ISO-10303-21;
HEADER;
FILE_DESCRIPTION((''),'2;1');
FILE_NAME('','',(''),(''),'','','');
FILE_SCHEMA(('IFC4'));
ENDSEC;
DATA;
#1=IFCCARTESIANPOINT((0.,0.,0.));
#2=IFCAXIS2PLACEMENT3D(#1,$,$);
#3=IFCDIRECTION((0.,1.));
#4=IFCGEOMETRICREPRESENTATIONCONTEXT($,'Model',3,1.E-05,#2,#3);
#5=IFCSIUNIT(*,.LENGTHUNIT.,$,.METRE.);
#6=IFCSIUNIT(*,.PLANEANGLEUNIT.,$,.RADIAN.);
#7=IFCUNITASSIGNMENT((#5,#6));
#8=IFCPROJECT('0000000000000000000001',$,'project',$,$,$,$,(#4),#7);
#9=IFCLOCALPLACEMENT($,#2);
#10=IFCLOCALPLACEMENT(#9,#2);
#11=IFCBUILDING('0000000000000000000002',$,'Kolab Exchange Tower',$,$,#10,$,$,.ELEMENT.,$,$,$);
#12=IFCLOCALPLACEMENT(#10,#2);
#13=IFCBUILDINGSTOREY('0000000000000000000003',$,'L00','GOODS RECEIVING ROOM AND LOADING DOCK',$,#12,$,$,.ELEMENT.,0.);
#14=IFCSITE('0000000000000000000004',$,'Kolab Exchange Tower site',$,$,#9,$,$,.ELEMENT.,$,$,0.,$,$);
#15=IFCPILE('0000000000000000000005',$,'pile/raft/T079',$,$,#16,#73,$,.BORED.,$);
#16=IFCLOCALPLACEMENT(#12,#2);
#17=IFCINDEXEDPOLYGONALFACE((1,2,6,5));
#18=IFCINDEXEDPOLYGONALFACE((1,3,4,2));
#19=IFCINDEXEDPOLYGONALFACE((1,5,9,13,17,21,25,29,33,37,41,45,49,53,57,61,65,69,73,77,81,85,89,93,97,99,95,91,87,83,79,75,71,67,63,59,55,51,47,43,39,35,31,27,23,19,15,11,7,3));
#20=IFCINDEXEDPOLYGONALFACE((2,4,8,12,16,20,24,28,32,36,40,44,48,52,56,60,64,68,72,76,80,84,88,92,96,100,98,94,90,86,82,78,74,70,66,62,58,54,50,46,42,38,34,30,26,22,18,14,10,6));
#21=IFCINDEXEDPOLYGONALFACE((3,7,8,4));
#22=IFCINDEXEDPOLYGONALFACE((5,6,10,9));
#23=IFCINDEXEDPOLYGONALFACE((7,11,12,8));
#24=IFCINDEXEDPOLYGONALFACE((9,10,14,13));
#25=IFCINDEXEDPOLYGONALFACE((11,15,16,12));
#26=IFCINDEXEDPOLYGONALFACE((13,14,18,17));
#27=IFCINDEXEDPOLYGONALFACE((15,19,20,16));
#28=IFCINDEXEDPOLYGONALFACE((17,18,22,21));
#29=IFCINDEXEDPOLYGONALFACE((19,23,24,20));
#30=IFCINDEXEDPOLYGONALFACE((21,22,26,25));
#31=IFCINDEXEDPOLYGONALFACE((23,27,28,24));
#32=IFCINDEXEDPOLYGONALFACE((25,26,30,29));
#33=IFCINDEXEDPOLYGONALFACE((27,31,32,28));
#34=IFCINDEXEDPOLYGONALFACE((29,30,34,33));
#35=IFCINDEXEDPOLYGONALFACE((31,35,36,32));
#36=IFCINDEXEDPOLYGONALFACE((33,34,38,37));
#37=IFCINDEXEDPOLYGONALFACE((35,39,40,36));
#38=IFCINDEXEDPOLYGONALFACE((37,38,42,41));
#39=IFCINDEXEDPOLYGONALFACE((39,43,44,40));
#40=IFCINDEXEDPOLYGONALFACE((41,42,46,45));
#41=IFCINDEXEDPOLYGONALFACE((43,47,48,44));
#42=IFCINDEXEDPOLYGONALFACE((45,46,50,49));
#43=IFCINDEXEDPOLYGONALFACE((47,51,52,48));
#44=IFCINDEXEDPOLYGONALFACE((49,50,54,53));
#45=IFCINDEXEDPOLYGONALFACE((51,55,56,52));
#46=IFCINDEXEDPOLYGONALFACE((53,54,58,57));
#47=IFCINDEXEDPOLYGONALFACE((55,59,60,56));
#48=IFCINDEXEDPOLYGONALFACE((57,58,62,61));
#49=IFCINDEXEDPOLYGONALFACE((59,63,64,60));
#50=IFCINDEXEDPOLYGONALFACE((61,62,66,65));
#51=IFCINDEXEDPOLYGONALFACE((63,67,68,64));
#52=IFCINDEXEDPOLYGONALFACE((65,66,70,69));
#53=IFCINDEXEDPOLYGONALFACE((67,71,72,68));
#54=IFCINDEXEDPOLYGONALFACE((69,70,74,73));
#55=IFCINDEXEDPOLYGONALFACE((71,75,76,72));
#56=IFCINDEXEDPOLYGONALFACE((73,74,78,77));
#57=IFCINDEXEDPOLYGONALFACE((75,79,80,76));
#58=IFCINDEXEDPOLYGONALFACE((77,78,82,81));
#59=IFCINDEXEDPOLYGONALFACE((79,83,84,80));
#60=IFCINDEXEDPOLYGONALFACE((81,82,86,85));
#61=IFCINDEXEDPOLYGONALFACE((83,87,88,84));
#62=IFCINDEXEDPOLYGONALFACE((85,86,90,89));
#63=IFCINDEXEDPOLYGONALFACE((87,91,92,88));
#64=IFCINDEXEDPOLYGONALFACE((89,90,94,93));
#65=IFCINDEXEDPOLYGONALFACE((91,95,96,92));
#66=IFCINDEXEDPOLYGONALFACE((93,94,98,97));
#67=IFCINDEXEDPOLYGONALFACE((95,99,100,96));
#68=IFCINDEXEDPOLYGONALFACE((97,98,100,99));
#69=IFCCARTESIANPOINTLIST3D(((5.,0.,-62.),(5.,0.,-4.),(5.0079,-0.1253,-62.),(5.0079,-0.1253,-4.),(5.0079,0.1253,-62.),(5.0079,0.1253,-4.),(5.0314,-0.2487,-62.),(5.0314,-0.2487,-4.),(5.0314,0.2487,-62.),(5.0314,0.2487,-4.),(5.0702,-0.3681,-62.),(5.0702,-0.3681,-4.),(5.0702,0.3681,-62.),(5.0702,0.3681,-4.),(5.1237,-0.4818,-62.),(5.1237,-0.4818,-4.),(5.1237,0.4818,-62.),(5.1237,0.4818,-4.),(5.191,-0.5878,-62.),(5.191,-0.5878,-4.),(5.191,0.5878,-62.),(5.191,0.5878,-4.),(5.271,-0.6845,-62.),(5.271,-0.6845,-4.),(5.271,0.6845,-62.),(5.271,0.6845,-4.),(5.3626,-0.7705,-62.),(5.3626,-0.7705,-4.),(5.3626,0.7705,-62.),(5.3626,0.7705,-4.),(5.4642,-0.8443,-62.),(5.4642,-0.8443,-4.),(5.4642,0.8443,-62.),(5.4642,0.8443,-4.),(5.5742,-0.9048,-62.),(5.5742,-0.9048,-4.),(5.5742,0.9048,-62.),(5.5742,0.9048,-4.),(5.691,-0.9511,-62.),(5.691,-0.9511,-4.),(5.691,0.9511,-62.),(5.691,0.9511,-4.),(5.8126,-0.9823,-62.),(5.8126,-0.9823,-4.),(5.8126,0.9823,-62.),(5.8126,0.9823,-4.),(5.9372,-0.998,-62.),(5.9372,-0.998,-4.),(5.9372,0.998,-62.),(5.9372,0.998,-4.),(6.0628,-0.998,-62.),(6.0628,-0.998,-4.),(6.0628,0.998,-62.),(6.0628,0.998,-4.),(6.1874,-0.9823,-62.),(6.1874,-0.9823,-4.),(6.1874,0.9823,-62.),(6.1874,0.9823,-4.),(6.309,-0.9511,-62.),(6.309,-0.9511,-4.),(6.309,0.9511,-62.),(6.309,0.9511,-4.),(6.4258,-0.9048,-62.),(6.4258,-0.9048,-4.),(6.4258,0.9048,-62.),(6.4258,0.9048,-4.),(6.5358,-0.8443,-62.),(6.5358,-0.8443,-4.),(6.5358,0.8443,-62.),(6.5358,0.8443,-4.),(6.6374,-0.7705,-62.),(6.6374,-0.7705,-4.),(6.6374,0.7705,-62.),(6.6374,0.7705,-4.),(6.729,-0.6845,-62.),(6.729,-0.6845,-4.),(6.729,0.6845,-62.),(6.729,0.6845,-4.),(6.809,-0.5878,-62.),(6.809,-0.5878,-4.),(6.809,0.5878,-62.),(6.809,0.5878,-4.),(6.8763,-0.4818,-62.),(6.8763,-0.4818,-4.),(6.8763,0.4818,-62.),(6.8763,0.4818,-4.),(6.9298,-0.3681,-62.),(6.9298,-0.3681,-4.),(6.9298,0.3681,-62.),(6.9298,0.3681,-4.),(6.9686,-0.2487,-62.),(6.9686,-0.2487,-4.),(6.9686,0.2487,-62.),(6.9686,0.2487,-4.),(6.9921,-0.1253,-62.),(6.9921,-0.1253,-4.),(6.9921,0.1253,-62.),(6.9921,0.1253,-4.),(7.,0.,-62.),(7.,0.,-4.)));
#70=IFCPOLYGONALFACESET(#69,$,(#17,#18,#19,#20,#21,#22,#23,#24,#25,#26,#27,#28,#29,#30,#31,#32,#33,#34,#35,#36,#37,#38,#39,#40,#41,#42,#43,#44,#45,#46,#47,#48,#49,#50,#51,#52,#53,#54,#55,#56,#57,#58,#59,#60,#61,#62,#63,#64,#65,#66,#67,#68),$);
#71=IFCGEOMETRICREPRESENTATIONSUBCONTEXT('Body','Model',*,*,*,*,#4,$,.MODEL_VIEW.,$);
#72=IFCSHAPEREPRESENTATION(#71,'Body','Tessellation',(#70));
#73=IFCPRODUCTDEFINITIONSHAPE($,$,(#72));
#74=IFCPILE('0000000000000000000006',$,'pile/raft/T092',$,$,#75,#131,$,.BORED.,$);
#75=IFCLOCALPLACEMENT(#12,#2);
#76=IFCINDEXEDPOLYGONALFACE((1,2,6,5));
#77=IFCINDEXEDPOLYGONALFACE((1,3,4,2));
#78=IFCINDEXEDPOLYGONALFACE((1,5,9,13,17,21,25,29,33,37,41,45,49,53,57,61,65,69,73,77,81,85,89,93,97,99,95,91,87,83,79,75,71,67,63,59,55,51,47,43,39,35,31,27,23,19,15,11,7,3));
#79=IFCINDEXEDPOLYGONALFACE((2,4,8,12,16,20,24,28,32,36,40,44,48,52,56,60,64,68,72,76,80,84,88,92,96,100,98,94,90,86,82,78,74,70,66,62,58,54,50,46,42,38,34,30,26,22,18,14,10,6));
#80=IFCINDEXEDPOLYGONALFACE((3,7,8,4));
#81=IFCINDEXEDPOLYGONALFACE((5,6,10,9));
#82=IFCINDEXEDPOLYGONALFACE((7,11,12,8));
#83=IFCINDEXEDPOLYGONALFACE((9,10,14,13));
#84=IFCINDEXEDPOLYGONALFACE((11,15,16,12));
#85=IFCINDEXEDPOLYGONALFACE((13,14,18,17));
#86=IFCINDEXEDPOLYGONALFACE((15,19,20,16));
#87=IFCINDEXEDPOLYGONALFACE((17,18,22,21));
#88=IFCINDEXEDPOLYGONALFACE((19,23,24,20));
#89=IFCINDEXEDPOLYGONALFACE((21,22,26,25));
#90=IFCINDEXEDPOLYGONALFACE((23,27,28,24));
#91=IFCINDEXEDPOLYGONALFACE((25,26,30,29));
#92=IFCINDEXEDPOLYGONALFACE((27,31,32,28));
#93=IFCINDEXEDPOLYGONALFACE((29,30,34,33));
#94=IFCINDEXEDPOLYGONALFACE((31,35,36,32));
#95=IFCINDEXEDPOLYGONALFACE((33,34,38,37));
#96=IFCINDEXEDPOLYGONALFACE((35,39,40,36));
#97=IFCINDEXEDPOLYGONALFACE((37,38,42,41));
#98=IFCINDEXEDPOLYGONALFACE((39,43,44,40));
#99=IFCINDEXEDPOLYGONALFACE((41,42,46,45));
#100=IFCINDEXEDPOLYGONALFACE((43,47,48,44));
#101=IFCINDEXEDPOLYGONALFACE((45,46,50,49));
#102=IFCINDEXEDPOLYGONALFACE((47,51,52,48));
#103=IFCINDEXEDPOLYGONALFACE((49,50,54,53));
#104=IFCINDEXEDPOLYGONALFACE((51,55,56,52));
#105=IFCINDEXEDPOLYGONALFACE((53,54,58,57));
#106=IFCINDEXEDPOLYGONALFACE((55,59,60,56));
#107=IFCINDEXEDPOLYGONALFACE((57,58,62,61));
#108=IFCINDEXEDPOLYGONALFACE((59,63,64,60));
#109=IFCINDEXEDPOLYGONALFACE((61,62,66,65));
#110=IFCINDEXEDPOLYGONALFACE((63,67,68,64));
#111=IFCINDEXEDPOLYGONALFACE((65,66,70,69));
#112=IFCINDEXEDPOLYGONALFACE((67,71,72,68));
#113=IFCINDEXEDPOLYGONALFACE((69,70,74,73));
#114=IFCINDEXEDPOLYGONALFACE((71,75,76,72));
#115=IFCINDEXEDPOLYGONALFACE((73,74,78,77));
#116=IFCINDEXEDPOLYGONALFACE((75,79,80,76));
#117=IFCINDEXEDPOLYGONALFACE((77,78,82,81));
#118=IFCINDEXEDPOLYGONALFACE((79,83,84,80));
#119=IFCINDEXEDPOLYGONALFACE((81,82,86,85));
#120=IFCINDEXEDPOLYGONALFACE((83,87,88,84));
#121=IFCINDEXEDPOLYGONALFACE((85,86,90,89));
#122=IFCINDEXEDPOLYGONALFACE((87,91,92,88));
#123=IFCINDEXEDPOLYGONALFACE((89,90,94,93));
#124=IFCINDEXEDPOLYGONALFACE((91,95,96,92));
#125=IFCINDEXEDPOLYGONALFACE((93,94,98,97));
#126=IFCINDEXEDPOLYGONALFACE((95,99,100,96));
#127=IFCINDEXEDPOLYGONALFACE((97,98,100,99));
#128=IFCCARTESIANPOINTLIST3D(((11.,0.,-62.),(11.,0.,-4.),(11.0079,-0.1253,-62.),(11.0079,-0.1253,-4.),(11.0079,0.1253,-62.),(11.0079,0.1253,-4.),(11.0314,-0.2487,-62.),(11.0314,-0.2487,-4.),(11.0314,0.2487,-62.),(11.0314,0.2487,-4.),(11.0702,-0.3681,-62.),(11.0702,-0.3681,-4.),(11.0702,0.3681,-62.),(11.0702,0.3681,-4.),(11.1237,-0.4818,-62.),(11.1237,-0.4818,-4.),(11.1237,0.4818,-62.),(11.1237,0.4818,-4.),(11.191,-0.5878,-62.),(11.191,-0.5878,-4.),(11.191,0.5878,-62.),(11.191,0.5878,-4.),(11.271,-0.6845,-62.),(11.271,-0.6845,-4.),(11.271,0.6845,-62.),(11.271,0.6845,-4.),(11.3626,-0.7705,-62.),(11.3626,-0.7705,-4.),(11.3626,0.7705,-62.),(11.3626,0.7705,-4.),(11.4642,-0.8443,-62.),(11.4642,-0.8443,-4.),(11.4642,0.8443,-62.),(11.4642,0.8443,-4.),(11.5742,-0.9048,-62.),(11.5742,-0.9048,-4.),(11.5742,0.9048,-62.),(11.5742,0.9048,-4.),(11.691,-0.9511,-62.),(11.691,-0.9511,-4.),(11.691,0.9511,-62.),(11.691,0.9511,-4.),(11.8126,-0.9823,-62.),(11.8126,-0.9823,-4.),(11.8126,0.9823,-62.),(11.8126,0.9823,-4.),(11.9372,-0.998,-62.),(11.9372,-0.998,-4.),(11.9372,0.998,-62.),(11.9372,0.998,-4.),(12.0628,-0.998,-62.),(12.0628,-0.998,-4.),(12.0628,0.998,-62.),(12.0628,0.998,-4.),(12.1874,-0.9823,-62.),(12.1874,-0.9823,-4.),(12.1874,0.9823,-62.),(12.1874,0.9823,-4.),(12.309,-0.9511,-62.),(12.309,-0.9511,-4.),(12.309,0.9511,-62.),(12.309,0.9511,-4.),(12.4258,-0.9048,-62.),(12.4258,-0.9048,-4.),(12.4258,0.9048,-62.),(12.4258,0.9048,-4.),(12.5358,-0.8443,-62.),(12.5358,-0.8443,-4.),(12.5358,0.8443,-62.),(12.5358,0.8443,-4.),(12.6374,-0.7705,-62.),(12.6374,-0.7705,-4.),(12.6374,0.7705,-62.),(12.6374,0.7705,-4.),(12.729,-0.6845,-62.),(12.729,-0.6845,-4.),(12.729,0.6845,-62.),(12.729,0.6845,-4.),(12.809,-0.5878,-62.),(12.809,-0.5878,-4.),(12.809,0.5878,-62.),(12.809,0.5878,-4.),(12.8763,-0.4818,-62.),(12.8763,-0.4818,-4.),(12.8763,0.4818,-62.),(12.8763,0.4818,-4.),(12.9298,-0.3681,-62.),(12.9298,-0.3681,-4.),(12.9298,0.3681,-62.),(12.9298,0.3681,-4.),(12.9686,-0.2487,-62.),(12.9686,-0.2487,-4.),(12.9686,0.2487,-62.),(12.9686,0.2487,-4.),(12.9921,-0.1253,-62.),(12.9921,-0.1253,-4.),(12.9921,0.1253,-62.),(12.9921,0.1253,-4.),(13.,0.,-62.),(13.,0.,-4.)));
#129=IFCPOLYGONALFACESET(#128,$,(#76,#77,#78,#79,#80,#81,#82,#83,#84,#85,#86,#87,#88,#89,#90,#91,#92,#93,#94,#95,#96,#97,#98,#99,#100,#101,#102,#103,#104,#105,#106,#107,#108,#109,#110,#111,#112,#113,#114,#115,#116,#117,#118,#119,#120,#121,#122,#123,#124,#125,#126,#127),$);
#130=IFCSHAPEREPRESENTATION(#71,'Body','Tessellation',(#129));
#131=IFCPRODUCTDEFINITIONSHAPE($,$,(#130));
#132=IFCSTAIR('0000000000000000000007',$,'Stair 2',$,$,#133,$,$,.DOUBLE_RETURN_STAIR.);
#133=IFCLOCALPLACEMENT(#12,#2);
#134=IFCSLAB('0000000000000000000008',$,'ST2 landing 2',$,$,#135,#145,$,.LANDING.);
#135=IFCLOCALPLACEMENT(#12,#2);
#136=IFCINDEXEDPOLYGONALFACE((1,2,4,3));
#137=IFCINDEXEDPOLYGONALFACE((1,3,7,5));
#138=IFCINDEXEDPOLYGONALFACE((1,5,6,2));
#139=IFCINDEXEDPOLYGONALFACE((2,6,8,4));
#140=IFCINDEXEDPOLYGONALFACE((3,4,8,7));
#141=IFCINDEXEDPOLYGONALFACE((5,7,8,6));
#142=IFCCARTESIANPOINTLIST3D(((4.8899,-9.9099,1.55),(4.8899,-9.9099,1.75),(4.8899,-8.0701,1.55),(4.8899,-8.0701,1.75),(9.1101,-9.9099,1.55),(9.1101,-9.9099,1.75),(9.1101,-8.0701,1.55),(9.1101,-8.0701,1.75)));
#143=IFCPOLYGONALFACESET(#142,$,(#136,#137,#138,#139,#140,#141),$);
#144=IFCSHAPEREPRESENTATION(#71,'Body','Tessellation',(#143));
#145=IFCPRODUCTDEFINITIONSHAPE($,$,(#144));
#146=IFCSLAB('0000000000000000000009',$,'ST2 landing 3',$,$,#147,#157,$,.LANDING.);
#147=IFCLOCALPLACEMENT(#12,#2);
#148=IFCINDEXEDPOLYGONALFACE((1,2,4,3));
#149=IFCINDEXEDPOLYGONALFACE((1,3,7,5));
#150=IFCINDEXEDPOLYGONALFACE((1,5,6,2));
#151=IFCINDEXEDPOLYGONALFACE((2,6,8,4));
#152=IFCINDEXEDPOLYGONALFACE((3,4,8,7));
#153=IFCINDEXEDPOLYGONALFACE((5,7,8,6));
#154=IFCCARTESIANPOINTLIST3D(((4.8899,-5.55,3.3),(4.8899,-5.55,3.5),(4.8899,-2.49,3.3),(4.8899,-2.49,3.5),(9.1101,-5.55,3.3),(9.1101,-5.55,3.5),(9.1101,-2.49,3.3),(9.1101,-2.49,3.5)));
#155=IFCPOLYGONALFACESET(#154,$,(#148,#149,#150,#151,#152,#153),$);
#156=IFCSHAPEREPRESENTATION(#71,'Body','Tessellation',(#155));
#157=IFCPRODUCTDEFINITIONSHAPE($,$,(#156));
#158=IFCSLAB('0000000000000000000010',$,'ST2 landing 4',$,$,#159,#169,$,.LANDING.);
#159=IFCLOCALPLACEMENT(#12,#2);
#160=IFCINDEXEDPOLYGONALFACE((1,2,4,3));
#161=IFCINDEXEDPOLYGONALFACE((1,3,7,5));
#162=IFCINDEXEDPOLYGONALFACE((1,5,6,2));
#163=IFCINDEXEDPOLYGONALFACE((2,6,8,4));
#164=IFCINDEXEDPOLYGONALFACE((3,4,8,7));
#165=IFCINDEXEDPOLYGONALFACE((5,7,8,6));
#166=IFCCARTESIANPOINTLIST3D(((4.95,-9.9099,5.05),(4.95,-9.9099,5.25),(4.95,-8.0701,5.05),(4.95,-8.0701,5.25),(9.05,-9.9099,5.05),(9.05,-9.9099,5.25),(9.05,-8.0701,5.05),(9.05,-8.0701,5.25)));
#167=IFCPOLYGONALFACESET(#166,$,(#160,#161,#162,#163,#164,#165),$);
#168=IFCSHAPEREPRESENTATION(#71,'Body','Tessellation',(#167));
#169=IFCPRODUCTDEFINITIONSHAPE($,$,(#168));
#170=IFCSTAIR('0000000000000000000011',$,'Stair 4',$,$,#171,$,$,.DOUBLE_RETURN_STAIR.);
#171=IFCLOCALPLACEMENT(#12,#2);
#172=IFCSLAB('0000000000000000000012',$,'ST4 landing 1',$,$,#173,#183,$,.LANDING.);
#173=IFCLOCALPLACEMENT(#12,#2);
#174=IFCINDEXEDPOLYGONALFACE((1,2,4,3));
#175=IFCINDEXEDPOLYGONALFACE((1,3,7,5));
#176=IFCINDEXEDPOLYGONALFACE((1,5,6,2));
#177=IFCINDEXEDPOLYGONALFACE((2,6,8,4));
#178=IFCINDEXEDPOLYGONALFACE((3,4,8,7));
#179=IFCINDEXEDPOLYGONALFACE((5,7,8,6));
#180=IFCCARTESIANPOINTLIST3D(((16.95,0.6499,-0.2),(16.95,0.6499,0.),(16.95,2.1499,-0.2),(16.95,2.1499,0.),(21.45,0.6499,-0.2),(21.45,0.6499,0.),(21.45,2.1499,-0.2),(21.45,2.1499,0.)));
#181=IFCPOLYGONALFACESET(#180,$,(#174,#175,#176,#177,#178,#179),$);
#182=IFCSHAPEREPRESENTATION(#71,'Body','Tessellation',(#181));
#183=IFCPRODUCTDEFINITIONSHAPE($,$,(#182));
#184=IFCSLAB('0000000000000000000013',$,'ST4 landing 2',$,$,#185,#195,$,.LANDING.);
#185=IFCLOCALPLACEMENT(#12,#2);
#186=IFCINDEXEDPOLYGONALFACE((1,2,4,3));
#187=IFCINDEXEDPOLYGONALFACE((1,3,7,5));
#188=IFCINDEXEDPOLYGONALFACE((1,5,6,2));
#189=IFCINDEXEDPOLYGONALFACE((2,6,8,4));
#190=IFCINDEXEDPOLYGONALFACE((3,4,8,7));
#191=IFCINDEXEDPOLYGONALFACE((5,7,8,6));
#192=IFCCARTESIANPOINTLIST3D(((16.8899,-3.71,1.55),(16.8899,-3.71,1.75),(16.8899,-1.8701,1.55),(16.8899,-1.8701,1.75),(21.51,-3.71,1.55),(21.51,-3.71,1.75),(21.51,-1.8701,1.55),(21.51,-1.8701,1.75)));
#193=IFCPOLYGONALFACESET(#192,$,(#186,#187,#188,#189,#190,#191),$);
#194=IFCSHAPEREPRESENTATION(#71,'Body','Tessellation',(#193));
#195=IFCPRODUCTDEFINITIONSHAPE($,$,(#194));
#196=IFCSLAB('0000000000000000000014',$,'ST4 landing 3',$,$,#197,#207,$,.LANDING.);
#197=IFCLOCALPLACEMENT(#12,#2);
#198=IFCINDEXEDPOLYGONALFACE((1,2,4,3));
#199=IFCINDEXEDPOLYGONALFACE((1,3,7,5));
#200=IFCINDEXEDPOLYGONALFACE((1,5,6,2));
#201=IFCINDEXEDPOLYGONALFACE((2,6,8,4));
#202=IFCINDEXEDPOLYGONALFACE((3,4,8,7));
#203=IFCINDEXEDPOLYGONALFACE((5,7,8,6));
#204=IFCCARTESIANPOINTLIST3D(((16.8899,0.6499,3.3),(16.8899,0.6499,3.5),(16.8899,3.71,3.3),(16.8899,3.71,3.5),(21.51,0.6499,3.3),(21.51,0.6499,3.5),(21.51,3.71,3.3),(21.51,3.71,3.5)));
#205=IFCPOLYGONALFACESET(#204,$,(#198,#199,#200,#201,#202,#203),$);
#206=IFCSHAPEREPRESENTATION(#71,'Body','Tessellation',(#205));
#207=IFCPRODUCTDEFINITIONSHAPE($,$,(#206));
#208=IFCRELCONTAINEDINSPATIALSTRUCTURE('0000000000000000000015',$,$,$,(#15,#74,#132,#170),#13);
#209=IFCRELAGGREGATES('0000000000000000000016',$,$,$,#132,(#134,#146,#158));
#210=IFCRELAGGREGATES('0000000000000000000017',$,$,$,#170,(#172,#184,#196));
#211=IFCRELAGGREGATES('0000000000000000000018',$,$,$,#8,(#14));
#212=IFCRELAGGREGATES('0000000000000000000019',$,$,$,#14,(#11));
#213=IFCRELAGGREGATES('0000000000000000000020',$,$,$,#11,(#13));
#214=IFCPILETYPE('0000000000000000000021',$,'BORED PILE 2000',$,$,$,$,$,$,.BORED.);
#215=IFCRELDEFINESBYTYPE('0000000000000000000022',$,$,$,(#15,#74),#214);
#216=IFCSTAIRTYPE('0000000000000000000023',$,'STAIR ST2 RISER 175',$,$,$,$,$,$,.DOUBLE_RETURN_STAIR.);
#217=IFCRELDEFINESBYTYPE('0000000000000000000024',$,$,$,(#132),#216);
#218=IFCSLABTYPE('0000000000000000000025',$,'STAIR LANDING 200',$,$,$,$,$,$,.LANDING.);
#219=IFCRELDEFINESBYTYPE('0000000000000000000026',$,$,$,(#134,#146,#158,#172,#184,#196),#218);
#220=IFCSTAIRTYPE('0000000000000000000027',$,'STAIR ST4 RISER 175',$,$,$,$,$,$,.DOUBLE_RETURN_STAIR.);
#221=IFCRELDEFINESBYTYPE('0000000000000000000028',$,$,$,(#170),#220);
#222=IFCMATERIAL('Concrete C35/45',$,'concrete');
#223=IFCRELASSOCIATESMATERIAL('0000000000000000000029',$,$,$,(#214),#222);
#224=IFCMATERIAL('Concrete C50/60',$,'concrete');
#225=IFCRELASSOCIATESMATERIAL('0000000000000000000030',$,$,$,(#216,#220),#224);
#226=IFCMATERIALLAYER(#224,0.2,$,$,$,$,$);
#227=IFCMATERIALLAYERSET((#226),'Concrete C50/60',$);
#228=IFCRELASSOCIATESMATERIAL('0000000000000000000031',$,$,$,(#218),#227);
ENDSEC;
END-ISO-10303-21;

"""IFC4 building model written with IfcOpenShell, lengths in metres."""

from ifc_helpers import new_model, si_unit, direction, frame, origin, origin_2d, place, context, subcontext, project, spatial, polyline, circle, outline, extrude, material, layer, layer_set, material_profile, profile_set, type_object, element, aggregate, save


model = new_model("IFC4")

# Units and contexts
model_context = context("Model", 3, precision=1e-05, world=origin(), true_north=direction((0.0, 1.0)))
body_context = subcontext(model_context, "Body", "Model", "MODEL_VIEW")
ifc_project = project(units=[si_unit("LENGTHUNIT", "METRE"), si_unit("PLANEANGLEUNIT", "RADIAN")], contexts=[model_context])

# Site, building, storey
site_placement = place(None, origin())
site = spatial("IfcSite", under=ifc_project, at=site_placement, Name="Kolab Exchange Tower site", CompositionType="ELEMENT", RefElevation=0.0)
building_placement = place(site_placement, origin())
building = spatial("IfcBuilding", under=site, at=building_placement, Name="Kolab Exchange Tower", CompositionType="ELEMENT")
storey_placement = place(building_placement, origin())
storey = spatial("IfcBuildingStorey", under=building, at=storey_placement, Name="L00", Description="GOODS RECEIVING ROOM AND LOADING DOCK", CompositionType="ELEMENT", Elevation=0.0)

# Piles
ifc_material_1 = material(Name="Concrete C35/45", Category="concrete")
ifc_material_profile = material_profile(ifc_material_1, circle(Radius=1.0, at=origin_2d()), Name="BP2000")
ifc_profile_set = profile_set([ifc_material_profile], Name="Concrete C35/45")
pile_type = type_object("IfcPileType", Name="BORED PILE 2000", PredefinedType="BORED", material=ifc_profile_set)
for number, where, z_axis, x_axis, name in (
    (1, (6.0, 0.0, -4.0), (0.0, 0.0, -1.0), (1.0, 0.0, 0.0), "pile/raft/T079"),
    (2, (12.0, 0.0, -4.0), (0.0, 0.0, -1.0), (1.0, 0.0, 0.0), "pile/raft/T092"),
):
    element("IfcPile", number, at=place(storey_placement, frame(where, z_axis=z_axis, x_axis=x_axis)), inside=storey, type_object=pile_type, Name=name, PredefinedType="BORED", context=body_context, shape_type="SweptSolid", body=[
        extrude(circle(Radius=1.0, at=origin_2d()), origin(), (0.0, 0.0, 1.0), 58.0),
    ])

# Stairs, slabs
ifc_material_2 = material(Name="Concrete C50/60", Category="concrete")
stair_type_1 = type_object("IfcStairType", Name="STAIR ST2 RISER 175", PredefinedType="DOUBLE_RETURN_STAIR", material=ifc_material_2)
stair_1_placement = place(storey_placement, origin())
stair_1 = element("IfcStair", 3, at=stair_1_placement, inside=storey, type_object=stair_type_1, Name="Stair 2", PredefinedType="DOUBLE_RETURN_STAIR")
ifc_layer_1 = layer(ifc_material_2, 0.2)
ifc_layer_set_1 = layer_set([ifc_layer_1], Name="Concrete C50/60")
slab_type = type_object("IfcSlabType", Name="STAIR LANDING 200", PredefinedType="LANDING", material=ifc_layer_set_1)
slab_1_placement = place(storey_placement, frame((0.0, 0.0, 1.55)))
slab_1 = element("IfcSlab", 4, at=slab_1_placement, type_object=slab_type, Name="ST2 landing 2", PredefinedType="LANDING", context=body_context, shape_type="SweptSolid", body=[
    extrude(outline(polyline([(4.8899, -9.9099), (9.1101, -9.9099), (9.1101, -8.0701), (4.8899, -8.0701), (4.8899, -9.9099)])), origin(), (0.0, 0.0, 1.0), 0.2),
])
slab_2_placement = place(storey_placement, frame((0.0, 0.0, 3.3)))
slab_2 = element("IfcSlab", 5, at=slab_2_placement, type_object=slab_type, Name="ST2 landing 3", PredefinedType="LANDING", context=body_context, shape_type="SweptSolid", body=[
    extrude(outline(polyline([(4.8899, -5.55), (9.1101, -5.55), (9.1101, -2.49), (4.8899, -2.49), (4.8899, -5.55)])), origin(), (0.0, 0.0, 1.0), 0.2),
])
slab_3_placement = place(storey_placement, frame((0.0, 0.0, 5.05)))
slab_3 = element("IfcSlab", 6, at=slab_3_placement, type_object=slab_type, Name="ST2 landing 4", PredefinedType="LANDING", context=body_context, shape_type="SweptSolid", body=[
    extrude(outline(polyline([(4.95, -9.9099), (9.05, -9.9099), (9.05, -8.0701), (4.95, -8.0701), (4.95, -9.9099)])), origin(), (0.0, 0.0, 1.0), 0.2),
])
aggregate(stair_1, [slab_1, slab_2, slab_3])
stair_type_2 = type_object("IfcStairType", Name="STAIR ST4 RISER 175", PredefinedType="DOUBLE_RETURN_STAIR", material=ifc_material_2)
stair_2_placement = place(storey_placement, origin())
stair_2 = element("IfcStair", 7, at=stair_2_placement, inside=storey, type_object=stair_type_2, Name="Stair 4", PredefinedType="DOUBLE_RETURN_STAIR")
slab_4_placement = place(storey_placement, frame((0.0, 0.0, -0.2)))
slab_4 = element("IfcSlab", 8, at=slab_4_placement, type_object=slab_type, Name="ST4 landing 1", PredefinedType="LANDING", context=body_context, shape_type="SweptSolid", body=[
    extrude(outline(polyline([(16.95, 0.6499), (21.45, 0.6499), (21.45, 2.1499), (16.95, 2.1499), (16.95, 0.6499)])), origin(), (0.0, 0.0, 1.0), 0.2),
])
slab_5_placement = place(storey_placement, frame((0.0, 0.0, 1.55)))
slab_5 = element("IfcSlab", 9, at=slab_5_placement, type_object=slab_type, Name="ST4 landing 2", PredefinedType="LANDING", context=body_context, shape_type="SweptSolid", body=[
    extrude(outline(polyline([(16.8899, -3.71), (21.51, -3.71), (21.51, -1.8701), (16.8899, -1.8701), (16.8899, -3.71)])), origin(), (0.0, 0.0, 1.0), 0.2),
])
slab_6_placement = place(storey_placement, frame((0.0, 0.0, 3.3)))
slab_6 = element("IfcSlab", 10, at=slab_6_placement, type_object=slab_type, Name="ST4 landing 3", PredefinedType="LANDING", context=body_context, shape_type="SweptSolid", body=[
    extrude(outline(polyline([(16.8899, 0.6499), (21.51, 0.6499), (21.51, 3.71), (16.8899, 3.71), (16.8899, 0.6499)])), origin(), (0.0, 0.0, 1.0), 0.2),
])
aggregate(stair_2, [slab_4, slab_5, slab_6])

save(model, "model.ifc")
